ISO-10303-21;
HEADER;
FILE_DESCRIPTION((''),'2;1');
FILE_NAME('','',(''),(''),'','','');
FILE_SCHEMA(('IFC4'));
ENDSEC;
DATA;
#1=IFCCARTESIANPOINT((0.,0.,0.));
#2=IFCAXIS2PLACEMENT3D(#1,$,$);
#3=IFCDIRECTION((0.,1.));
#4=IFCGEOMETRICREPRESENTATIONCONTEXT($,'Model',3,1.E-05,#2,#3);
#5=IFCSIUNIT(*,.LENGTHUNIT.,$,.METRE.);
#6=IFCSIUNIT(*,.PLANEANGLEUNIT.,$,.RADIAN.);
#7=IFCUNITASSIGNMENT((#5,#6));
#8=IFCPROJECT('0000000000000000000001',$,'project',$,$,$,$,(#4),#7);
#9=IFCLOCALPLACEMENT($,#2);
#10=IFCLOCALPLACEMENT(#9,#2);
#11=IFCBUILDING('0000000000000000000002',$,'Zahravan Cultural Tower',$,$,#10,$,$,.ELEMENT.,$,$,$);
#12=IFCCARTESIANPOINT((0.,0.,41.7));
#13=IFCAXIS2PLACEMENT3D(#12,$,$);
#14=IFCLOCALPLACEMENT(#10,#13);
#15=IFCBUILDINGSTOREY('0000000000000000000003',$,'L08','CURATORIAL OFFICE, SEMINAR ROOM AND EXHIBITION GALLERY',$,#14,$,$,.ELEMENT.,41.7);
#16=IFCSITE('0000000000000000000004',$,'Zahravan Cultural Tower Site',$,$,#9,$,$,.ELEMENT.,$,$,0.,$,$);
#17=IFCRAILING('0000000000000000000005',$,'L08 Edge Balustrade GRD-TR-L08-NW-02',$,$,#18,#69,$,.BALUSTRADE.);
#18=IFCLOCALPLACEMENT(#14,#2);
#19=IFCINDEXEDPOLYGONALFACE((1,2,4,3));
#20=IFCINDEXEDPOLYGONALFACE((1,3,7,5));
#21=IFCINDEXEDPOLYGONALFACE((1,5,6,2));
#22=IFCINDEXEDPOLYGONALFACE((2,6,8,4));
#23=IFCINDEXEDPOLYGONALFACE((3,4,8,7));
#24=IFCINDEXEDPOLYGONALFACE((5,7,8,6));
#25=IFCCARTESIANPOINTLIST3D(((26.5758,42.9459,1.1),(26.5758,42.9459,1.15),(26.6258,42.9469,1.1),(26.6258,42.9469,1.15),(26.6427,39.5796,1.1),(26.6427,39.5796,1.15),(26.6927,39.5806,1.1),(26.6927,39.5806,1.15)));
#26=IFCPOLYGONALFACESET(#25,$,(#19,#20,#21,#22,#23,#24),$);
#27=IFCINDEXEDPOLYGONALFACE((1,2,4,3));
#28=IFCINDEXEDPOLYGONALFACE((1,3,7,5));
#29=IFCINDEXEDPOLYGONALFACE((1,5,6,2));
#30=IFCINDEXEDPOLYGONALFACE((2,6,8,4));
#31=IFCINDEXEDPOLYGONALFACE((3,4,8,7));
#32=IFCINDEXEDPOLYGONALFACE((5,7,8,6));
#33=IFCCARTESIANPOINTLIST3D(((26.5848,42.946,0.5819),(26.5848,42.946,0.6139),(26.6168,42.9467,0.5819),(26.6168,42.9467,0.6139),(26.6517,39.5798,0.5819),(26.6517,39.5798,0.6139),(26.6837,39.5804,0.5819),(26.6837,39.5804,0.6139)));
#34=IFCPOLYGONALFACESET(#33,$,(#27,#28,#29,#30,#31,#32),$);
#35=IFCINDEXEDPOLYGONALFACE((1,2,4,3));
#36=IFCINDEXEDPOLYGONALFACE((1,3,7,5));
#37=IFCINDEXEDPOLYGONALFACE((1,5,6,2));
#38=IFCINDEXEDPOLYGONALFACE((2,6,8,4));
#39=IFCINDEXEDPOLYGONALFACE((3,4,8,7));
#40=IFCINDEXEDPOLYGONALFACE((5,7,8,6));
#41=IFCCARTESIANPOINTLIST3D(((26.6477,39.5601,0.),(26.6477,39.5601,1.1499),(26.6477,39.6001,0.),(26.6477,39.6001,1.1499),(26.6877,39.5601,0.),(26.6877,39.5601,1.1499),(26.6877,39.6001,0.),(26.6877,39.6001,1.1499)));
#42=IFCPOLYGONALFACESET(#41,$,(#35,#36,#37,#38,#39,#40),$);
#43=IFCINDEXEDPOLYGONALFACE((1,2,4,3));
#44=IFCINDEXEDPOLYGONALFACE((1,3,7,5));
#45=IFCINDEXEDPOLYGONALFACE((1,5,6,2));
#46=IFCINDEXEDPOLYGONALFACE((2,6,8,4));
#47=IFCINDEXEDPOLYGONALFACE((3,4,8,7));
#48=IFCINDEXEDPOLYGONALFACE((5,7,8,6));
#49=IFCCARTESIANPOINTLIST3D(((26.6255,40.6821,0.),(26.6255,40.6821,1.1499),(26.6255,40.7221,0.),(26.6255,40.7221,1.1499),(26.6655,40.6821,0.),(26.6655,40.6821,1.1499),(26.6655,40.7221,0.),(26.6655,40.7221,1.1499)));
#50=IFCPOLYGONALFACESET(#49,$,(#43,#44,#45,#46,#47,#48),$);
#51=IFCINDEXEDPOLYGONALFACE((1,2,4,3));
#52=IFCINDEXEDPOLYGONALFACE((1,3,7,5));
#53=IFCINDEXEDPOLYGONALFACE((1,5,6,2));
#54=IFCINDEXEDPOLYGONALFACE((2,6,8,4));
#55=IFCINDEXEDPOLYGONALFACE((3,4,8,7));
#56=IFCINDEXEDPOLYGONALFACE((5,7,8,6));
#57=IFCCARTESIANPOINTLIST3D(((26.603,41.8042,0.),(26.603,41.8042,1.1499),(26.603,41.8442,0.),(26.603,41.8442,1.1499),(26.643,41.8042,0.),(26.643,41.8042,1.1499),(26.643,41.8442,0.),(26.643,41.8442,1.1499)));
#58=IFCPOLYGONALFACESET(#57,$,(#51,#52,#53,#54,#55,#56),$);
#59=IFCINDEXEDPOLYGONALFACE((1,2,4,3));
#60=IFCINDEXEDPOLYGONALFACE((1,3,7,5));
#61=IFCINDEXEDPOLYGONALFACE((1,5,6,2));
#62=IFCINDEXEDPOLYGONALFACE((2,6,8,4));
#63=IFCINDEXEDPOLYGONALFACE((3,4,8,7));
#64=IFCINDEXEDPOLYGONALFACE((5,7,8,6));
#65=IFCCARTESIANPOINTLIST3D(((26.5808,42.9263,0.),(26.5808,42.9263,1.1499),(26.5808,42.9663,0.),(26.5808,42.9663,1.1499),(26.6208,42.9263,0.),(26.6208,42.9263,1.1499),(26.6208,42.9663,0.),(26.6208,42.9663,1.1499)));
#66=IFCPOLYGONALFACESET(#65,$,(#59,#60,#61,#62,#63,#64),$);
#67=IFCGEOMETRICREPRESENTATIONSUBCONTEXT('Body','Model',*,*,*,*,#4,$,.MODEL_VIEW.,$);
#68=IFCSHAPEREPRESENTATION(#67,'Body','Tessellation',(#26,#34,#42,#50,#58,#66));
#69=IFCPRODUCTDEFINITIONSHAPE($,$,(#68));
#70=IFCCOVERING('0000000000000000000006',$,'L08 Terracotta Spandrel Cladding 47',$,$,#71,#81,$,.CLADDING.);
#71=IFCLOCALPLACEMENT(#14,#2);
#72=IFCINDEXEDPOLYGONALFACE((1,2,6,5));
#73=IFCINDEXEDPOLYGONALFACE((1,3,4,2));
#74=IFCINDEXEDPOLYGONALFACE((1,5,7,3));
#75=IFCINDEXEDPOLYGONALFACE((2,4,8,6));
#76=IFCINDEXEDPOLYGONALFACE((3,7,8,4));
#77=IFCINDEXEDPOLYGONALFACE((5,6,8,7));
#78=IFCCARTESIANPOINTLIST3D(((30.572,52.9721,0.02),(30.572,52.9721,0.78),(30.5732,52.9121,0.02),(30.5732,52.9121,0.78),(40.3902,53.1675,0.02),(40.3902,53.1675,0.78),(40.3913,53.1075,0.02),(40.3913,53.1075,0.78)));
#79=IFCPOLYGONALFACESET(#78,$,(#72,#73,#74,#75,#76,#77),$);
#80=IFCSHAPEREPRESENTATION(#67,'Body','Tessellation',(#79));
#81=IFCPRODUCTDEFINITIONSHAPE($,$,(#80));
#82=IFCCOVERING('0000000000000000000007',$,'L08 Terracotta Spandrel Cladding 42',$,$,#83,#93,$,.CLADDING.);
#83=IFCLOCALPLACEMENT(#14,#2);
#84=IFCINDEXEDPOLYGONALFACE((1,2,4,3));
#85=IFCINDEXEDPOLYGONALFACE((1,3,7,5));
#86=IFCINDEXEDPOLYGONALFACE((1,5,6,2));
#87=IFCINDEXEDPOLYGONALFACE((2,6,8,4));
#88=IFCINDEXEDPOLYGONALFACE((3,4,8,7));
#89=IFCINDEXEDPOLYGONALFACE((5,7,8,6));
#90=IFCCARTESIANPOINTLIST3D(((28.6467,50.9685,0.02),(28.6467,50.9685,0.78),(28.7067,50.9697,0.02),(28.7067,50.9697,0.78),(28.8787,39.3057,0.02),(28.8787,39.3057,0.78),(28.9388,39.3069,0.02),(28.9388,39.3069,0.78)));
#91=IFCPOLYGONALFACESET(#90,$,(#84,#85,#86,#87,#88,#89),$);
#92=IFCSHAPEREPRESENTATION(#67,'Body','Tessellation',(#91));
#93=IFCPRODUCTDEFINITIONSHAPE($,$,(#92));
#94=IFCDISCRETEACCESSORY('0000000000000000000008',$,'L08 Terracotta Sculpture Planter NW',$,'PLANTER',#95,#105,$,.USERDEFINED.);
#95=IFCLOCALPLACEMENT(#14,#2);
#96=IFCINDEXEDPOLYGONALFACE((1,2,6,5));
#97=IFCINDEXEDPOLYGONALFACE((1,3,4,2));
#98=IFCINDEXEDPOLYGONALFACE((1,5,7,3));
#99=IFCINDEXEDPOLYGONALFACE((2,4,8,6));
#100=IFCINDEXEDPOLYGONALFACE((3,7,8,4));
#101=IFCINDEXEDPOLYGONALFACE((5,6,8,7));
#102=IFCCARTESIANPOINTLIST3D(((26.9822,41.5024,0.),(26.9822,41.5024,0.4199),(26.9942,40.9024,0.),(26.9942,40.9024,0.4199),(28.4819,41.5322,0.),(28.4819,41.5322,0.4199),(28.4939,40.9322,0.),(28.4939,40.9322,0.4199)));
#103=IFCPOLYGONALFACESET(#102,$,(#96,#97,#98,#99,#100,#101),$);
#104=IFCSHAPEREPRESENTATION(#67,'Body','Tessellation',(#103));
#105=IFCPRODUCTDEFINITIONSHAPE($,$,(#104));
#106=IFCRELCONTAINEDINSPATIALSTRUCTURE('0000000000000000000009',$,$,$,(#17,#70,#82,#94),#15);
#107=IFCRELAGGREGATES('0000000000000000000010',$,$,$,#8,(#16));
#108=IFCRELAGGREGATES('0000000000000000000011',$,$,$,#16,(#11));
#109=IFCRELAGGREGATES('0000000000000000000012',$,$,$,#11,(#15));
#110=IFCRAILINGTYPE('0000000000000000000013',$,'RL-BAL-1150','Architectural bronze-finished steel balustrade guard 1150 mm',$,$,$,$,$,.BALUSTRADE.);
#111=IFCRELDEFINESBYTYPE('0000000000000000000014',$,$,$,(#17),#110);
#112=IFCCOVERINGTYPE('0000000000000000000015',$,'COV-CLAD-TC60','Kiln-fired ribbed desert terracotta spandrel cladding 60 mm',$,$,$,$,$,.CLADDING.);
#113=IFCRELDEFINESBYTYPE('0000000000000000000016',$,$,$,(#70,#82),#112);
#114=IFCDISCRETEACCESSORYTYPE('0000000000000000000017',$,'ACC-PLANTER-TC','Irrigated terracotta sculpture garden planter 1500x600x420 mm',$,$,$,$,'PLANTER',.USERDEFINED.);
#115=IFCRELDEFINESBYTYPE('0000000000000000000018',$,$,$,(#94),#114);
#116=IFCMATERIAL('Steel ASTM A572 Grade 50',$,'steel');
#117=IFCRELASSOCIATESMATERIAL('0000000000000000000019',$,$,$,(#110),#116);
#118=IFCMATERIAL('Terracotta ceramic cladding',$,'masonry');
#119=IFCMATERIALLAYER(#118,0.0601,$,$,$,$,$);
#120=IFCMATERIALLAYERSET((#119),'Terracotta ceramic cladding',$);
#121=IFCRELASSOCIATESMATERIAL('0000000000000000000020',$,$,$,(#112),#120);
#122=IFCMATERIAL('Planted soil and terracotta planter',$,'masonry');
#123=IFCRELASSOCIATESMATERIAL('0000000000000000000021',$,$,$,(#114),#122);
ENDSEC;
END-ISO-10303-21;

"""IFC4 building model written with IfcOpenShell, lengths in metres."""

from ifc_helpers import new_model, si_unit, direction, frame, origin, origin_2d, place, context, subcontext, project, spatial, rectangle, extrude, source, transform, mapped, material, layer, layer_set, type_object, element, save


model = new_model("IFC4")

# Units and contexts
model_context = context("Model", 3, precision=1e-05, world=origin(), true_north=direction((0.0, 1.0)))
body_context = subcontext(model_context, "Body", "Model", "MODEL_VIEW")
ifc_project = project(units=[si_unit("LENGTHUNIT", "METRE"), si_unit("PLANEANGLEUNIT", "RADIAN")], contexts=[model_context])

# Site, building, storey
site_placement = place(None, origin())
site = spatial("IfcSite", under=ifc_project, at=site_placement, Name="Zahravan Cultural Tower Site", CompositionType="ELEMENT", RefElevation=0.0)
building_placement = place(site_placement, origin())
building = spatial("IfcBuilding", under=site, at=building_placement, Name="Zahravan Cultural Tower", CompositionType="ELEMENT")
storey_placement = place(building_placement, frame((0.0, 0.0, 41.7)))
storey = spatial("IfcBuildingStorey", under=building, at=storey_placement, Name="L08", Description="CURATORIAL OFFICE, SEMINAR ROOM AND EXHIBITION GALLERY", CompositionType="ELEMENT", Elevation=41.7)

# Shared definitions
ifc_material_1 = material(Name="Steel ASTM A572 Grade 50", Category="steel")

# Railing
railing_type = type_object("IfcRailingType", Name="RL-BAL-1150", Description="Architectural bronze-finished steel balustrade guard 1150 mm", PredefinedType="BALUSTRADE", material=ifc_material_1)
railing_placement = place(storey_placement, frame((26.6677, 39.5801, 0.0)))
element("IfcRailing", 1, at=railing_placement, inside=storey, type_object=railing_type, Name="L08 Edge Balustrade GRD-TR-L08-NW-02", PredefinedType="BALUSTRADE", context=body_context, shape_type="SweptSolid", body=[
    extrude(rectangle(XDim=0.05, YDim=0.05, at=origin_2d()), frame((0.0, 0.0, 1.125), z_axis=(-0.019868, 0.999803, 0.0), x_axis=(-0.999803, -0.019868, 0.0)), (0.0, 0.0, 1.0), 3.3669),
    extrude(rectangle(XDim=0.032, YDim=0.032, at=origin_2d()), frame((0.0, 0.0, 0.5979), z_axis=(-0.019868, 0.999803, 0.0), x_axis=(-0.999803, -0.019868, 0.0)), (0.0, 0.0, 1.0), 3.3669),
    extrude(rectangle(XDim=0.04, YDim=0.04, at=origin_2d()), origin(), (0.0, 0.0, 1.0), 1.1499),
    extrude(rectangle(XDim=0.04, YDim=0.04, at=origin_2d()), frame((-0.0222, 1.1221, 0.0)), (0.0, 0.0, 1.0), 1.1499),
    extrude(rectangle(XDim=0.04, YDim=0.04, at=origin_2d()), frame((-0.0447, 2.2441, 0.0)), (0.0, 0.0, 1.0), 1.1499),
    extrude(rectangle(XDim=0.04, YDim=0.04, at=origin_2d()), frame((-0.0669, 3.3662, 0.0)), (0.0, 0.0, 1.0), 1.1499),
])

# Coverings
ifc_material_2 = material(Name="Terracotta ceramic cladding", Category="masonry")
ifc_layer_1 = layer(ifc_material_2, 0.0601)
ifc_layer_set_1 = layer_set([ifc_layer_1], Name="Terracotta ceramic cladding")
covering_type = type_object("IfcCoveringType", Name="COV-CLAD-TC60", Description="Kiln-fired ribbed desert terracotta spandrel cladding 60 mm", PredefinedType="CLADDING", material=ifc_layer_set_1)
shared_shape_1 = source(origin(), body_context, "Body", "SweptSolid", [
    extrude(rectangle(XDim=9.8201, YDim=0.0601, at=origin_2d()), origin(), (0.0, 0.0, 1.0), 0.76),
])
covering_1_placement = place(storey_placement, frame((35.4817, 53.0398, 0.02), z_axis=(0.0, 0.0, 1.0), x_axis=(0.999802, 0.019895, 0.0)))
element("IfcCovering", 2, at=covering_1_placement, inside=storey, type_object=covering_type, Name="L08 Terracotta Spandrel Cladding 47", PredefinedType="CLADDING", context=body_context, shape_type="MappedRepresentation", body=[
    mapped(shared_shape_1, transform((0.0, 0.0, 0.0), x_axis=(1.0, 0.0, 0.0), y_axis=(0.0, 1.0, 0.0), z_axis=(0.0, 0.0, 1.0), scale=1.0)),
])
shared_shape_2 = source(origin(), body_context, "Body", "SweptSolid", [
    extrude(rectangle(XDim=11.665, YDim=0.0601, at=origin_2d()), origin(), (0.0, 0.0, 1.0), 0.76),
])
covering_2_placement = place(storey_placement, frame((28.7927, 45.1377, 0.02), z_axis=(0.0, 0.0, 1.0), x_axis=(-0.019895, 0.999802, 0.0)))
element("IfcCovering", 3, at=covering_2_placement, inside=storey, type_object=covering_type, Name="L08 Terracotta Spandrel Cladding 42", PredefinedType="CLADDING", context=body_context, shape_type="MappedRepresentation", body=[
    mapped(shared_shape_2, transform((0.0, 0.0, 0.0), x_axis=(1.0, 0.0, 0.0), y_axis=(0.0, 1.0, 0.0), z_axis=(0.0, 0.0, 1.0), scale=1.0)),
])

# Discrete accessory
ifc_material_3 = material(Name="Planted soil and terracotta planter", Category="masonry")
discrete_accessory_type = type_object("IfcDiscreteAccessoryType", Name="ACC-PLANTER-TC", Description="Irrigated terracotta sculpture garden planter 1500x600x420 mm", ElementType="PLANTER", PredefinedType="USERDEFINED", material=ifc_material_3)
shared_shape_3 = source(origin(), body_context, "Body", "SweptSolid", [
    extrude(rectangle(XDim=1.5, YDim=0.6001, at=origin_2d()), origin(), (0.0, 0.0, 1.0), 0.4199),
])
discrete_accessory_placement = place(storey_placement, frame((27.738, 41.2173, 0.0), z_axis=(0.0, 0.0, 1.0), x_axis=(0.999802, 0.019895, 0.0)))
element("IfcDiscreteAccessory", 4, at=discrete_accessory_placement, inside=storey, type_object=discrete_accessory_type, Name="L08 Terracotta Sculpture Planter NW", ObjectType="PLANTER", PredefinedType="USERDEFINED", context=body_context, shape_type="MappedRepresentation", body=[
    mapped(shared_shape_3, transform((0.0, 0.0, 0.0), x_axis=(1.0, 0.0, 0.0), y_axis=(0.0, 1.0, 0.0), z_axis=(0.0, 0.0, 1.0), scale=1.0)),
])

save(model, "model.ifc")
